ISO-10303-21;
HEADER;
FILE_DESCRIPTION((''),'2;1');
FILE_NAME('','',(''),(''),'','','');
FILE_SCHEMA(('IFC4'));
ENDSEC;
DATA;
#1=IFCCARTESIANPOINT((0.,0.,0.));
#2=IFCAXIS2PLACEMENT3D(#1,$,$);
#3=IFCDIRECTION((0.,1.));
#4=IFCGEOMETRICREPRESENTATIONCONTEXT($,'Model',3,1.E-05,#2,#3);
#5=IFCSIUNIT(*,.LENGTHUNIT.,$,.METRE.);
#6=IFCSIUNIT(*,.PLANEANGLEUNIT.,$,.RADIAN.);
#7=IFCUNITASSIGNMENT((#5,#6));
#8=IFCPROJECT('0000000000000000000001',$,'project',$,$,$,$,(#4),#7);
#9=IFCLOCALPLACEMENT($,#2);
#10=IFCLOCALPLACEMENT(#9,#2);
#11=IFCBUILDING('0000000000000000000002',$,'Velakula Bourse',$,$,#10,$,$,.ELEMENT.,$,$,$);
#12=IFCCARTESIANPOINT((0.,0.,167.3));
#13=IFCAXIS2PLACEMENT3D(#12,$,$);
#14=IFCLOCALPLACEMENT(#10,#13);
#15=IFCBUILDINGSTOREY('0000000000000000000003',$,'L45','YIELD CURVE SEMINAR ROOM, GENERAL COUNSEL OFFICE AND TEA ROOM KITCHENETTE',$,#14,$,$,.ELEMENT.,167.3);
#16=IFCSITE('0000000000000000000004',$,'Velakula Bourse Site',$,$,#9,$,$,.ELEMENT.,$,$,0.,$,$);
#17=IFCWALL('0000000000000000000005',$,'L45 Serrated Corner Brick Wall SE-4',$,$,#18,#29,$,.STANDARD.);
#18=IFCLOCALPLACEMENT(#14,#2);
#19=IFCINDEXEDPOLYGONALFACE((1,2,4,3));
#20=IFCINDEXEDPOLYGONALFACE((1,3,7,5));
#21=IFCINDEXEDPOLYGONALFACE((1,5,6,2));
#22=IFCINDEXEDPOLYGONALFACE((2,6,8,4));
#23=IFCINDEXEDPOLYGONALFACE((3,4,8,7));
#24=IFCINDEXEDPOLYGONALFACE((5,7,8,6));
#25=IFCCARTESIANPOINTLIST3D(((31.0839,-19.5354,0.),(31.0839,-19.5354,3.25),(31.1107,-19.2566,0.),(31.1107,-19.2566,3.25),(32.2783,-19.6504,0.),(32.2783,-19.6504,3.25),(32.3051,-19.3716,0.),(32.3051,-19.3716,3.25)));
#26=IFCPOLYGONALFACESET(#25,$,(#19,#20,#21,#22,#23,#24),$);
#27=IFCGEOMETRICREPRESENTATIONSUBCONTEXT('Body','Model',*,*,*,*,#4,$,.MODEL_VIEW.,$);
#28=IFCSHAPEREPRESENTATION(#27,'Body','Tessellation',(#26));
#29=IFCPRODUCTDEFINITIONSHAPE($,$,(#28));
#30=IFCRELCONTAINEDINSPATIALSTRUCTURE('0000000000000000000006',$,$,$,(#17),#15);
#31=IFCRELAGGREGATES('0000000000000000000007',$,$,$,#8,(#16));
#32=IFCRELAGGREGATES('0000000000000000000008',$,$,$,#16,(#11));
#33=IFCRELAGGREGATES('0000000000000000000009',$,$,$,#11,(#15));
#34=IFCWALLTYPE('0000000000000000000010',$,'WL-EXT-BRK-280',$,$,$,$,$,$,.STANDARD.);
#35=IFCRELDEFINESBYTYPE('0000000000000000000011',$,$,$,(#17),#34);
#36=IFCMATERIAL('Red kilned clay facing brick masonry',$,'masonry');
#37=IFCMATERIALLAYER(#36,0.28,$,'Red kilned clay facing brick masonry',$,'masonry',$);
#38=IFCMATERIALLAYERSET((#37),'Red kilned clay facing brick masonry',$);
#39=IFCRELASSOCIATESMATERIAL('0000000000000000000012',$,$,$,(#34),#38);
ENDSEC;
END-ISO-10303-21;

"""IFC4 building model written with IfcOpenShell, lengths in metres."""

from ifc_helpers import new_model, si_unit, direction, frame, frame_2d, origin, place, context, subcontext, project, spatial, rectangle, extrude, material, layer, layer_set, type_object, element, save


model = new_model("IFC4")

# Units and contexts
model_context = context("Model", 3, precision=1e-05, world=origin(), true_north=direction((0.0, 1.0)))
body_context = subcontext(model_context, "Body", "Model", "MODEL_VIEW")
ifc_project = project(units=[si_unit("LENGTHUNIT", "METRE"), si_unit("PLANEANGLEUNIT", "RADIAN")], contexts=[model_context])

# Site, building, storey
site_placement = place(None, origin())
site = spatial("IfcSite", under=ifc_project, at=site_placement, Name="Velakula Bourse Site", CompositionType="ELEMENT", RefElevation=0.0)
building_placement = place(site_placement, origin())
building = spatial("IfcBuilding", under=site, at=building_placement, Name="Velakula Bourse", CompositionType="ELEMENT")
storey_placement = place(building_placement, frame((0.0, 0.0, 167.3)))
storey = spatial("IfcBuildingStorey", under=building, at=storey_placement, Name="L45", Description="YIELD CURVE SEMINAR ROOM, GENERAL COUNSEL OFFICE AND TEA ROOM KITCHENETTE", CompositionType="ELEMENT", Elevation=167.3)

# Shared definitions
ifc_material_1 = material(Name="Red kilned clay facing brick masonry", Category="masonry")
ifc_layer = layer(ifc_material_1, 0.28, Name="Red kilned clay facing brick masonry", Category="masonry")
ifc_layer_set = layer_set([ifc_layer], Name="Red kilned clay facing brick masonry")
wall_type = type_object("IfcWallType", Name="WL-EXT-BRK-280", PredefinedType="STANDARD", material=ifc_layer_set)

# Wall
wall_1_placement = place(storey_placement, frame((31.0972, -19.396, 0.0), z_axis=(0.0, 0.0, 1.0), x_axis=(0.995397, -0.095836, 0.0)))
element("IfcWall", 1, at=wall_1_placement, inside=storey, type_object=wall_type, Name="L45 Serrated Corner Brick Wall SE-4", PredefinedType="STANDARD", context=body_context, shape_type="SweptSolid", body=[
    extrude(rectangle(XDim=1.2, YDim=0.28, at=frame_2d((0.6001, 0.0))), origin(), (0.0, 0.0, 1.0), 3.25),
])

save(model, "model.ifc")
